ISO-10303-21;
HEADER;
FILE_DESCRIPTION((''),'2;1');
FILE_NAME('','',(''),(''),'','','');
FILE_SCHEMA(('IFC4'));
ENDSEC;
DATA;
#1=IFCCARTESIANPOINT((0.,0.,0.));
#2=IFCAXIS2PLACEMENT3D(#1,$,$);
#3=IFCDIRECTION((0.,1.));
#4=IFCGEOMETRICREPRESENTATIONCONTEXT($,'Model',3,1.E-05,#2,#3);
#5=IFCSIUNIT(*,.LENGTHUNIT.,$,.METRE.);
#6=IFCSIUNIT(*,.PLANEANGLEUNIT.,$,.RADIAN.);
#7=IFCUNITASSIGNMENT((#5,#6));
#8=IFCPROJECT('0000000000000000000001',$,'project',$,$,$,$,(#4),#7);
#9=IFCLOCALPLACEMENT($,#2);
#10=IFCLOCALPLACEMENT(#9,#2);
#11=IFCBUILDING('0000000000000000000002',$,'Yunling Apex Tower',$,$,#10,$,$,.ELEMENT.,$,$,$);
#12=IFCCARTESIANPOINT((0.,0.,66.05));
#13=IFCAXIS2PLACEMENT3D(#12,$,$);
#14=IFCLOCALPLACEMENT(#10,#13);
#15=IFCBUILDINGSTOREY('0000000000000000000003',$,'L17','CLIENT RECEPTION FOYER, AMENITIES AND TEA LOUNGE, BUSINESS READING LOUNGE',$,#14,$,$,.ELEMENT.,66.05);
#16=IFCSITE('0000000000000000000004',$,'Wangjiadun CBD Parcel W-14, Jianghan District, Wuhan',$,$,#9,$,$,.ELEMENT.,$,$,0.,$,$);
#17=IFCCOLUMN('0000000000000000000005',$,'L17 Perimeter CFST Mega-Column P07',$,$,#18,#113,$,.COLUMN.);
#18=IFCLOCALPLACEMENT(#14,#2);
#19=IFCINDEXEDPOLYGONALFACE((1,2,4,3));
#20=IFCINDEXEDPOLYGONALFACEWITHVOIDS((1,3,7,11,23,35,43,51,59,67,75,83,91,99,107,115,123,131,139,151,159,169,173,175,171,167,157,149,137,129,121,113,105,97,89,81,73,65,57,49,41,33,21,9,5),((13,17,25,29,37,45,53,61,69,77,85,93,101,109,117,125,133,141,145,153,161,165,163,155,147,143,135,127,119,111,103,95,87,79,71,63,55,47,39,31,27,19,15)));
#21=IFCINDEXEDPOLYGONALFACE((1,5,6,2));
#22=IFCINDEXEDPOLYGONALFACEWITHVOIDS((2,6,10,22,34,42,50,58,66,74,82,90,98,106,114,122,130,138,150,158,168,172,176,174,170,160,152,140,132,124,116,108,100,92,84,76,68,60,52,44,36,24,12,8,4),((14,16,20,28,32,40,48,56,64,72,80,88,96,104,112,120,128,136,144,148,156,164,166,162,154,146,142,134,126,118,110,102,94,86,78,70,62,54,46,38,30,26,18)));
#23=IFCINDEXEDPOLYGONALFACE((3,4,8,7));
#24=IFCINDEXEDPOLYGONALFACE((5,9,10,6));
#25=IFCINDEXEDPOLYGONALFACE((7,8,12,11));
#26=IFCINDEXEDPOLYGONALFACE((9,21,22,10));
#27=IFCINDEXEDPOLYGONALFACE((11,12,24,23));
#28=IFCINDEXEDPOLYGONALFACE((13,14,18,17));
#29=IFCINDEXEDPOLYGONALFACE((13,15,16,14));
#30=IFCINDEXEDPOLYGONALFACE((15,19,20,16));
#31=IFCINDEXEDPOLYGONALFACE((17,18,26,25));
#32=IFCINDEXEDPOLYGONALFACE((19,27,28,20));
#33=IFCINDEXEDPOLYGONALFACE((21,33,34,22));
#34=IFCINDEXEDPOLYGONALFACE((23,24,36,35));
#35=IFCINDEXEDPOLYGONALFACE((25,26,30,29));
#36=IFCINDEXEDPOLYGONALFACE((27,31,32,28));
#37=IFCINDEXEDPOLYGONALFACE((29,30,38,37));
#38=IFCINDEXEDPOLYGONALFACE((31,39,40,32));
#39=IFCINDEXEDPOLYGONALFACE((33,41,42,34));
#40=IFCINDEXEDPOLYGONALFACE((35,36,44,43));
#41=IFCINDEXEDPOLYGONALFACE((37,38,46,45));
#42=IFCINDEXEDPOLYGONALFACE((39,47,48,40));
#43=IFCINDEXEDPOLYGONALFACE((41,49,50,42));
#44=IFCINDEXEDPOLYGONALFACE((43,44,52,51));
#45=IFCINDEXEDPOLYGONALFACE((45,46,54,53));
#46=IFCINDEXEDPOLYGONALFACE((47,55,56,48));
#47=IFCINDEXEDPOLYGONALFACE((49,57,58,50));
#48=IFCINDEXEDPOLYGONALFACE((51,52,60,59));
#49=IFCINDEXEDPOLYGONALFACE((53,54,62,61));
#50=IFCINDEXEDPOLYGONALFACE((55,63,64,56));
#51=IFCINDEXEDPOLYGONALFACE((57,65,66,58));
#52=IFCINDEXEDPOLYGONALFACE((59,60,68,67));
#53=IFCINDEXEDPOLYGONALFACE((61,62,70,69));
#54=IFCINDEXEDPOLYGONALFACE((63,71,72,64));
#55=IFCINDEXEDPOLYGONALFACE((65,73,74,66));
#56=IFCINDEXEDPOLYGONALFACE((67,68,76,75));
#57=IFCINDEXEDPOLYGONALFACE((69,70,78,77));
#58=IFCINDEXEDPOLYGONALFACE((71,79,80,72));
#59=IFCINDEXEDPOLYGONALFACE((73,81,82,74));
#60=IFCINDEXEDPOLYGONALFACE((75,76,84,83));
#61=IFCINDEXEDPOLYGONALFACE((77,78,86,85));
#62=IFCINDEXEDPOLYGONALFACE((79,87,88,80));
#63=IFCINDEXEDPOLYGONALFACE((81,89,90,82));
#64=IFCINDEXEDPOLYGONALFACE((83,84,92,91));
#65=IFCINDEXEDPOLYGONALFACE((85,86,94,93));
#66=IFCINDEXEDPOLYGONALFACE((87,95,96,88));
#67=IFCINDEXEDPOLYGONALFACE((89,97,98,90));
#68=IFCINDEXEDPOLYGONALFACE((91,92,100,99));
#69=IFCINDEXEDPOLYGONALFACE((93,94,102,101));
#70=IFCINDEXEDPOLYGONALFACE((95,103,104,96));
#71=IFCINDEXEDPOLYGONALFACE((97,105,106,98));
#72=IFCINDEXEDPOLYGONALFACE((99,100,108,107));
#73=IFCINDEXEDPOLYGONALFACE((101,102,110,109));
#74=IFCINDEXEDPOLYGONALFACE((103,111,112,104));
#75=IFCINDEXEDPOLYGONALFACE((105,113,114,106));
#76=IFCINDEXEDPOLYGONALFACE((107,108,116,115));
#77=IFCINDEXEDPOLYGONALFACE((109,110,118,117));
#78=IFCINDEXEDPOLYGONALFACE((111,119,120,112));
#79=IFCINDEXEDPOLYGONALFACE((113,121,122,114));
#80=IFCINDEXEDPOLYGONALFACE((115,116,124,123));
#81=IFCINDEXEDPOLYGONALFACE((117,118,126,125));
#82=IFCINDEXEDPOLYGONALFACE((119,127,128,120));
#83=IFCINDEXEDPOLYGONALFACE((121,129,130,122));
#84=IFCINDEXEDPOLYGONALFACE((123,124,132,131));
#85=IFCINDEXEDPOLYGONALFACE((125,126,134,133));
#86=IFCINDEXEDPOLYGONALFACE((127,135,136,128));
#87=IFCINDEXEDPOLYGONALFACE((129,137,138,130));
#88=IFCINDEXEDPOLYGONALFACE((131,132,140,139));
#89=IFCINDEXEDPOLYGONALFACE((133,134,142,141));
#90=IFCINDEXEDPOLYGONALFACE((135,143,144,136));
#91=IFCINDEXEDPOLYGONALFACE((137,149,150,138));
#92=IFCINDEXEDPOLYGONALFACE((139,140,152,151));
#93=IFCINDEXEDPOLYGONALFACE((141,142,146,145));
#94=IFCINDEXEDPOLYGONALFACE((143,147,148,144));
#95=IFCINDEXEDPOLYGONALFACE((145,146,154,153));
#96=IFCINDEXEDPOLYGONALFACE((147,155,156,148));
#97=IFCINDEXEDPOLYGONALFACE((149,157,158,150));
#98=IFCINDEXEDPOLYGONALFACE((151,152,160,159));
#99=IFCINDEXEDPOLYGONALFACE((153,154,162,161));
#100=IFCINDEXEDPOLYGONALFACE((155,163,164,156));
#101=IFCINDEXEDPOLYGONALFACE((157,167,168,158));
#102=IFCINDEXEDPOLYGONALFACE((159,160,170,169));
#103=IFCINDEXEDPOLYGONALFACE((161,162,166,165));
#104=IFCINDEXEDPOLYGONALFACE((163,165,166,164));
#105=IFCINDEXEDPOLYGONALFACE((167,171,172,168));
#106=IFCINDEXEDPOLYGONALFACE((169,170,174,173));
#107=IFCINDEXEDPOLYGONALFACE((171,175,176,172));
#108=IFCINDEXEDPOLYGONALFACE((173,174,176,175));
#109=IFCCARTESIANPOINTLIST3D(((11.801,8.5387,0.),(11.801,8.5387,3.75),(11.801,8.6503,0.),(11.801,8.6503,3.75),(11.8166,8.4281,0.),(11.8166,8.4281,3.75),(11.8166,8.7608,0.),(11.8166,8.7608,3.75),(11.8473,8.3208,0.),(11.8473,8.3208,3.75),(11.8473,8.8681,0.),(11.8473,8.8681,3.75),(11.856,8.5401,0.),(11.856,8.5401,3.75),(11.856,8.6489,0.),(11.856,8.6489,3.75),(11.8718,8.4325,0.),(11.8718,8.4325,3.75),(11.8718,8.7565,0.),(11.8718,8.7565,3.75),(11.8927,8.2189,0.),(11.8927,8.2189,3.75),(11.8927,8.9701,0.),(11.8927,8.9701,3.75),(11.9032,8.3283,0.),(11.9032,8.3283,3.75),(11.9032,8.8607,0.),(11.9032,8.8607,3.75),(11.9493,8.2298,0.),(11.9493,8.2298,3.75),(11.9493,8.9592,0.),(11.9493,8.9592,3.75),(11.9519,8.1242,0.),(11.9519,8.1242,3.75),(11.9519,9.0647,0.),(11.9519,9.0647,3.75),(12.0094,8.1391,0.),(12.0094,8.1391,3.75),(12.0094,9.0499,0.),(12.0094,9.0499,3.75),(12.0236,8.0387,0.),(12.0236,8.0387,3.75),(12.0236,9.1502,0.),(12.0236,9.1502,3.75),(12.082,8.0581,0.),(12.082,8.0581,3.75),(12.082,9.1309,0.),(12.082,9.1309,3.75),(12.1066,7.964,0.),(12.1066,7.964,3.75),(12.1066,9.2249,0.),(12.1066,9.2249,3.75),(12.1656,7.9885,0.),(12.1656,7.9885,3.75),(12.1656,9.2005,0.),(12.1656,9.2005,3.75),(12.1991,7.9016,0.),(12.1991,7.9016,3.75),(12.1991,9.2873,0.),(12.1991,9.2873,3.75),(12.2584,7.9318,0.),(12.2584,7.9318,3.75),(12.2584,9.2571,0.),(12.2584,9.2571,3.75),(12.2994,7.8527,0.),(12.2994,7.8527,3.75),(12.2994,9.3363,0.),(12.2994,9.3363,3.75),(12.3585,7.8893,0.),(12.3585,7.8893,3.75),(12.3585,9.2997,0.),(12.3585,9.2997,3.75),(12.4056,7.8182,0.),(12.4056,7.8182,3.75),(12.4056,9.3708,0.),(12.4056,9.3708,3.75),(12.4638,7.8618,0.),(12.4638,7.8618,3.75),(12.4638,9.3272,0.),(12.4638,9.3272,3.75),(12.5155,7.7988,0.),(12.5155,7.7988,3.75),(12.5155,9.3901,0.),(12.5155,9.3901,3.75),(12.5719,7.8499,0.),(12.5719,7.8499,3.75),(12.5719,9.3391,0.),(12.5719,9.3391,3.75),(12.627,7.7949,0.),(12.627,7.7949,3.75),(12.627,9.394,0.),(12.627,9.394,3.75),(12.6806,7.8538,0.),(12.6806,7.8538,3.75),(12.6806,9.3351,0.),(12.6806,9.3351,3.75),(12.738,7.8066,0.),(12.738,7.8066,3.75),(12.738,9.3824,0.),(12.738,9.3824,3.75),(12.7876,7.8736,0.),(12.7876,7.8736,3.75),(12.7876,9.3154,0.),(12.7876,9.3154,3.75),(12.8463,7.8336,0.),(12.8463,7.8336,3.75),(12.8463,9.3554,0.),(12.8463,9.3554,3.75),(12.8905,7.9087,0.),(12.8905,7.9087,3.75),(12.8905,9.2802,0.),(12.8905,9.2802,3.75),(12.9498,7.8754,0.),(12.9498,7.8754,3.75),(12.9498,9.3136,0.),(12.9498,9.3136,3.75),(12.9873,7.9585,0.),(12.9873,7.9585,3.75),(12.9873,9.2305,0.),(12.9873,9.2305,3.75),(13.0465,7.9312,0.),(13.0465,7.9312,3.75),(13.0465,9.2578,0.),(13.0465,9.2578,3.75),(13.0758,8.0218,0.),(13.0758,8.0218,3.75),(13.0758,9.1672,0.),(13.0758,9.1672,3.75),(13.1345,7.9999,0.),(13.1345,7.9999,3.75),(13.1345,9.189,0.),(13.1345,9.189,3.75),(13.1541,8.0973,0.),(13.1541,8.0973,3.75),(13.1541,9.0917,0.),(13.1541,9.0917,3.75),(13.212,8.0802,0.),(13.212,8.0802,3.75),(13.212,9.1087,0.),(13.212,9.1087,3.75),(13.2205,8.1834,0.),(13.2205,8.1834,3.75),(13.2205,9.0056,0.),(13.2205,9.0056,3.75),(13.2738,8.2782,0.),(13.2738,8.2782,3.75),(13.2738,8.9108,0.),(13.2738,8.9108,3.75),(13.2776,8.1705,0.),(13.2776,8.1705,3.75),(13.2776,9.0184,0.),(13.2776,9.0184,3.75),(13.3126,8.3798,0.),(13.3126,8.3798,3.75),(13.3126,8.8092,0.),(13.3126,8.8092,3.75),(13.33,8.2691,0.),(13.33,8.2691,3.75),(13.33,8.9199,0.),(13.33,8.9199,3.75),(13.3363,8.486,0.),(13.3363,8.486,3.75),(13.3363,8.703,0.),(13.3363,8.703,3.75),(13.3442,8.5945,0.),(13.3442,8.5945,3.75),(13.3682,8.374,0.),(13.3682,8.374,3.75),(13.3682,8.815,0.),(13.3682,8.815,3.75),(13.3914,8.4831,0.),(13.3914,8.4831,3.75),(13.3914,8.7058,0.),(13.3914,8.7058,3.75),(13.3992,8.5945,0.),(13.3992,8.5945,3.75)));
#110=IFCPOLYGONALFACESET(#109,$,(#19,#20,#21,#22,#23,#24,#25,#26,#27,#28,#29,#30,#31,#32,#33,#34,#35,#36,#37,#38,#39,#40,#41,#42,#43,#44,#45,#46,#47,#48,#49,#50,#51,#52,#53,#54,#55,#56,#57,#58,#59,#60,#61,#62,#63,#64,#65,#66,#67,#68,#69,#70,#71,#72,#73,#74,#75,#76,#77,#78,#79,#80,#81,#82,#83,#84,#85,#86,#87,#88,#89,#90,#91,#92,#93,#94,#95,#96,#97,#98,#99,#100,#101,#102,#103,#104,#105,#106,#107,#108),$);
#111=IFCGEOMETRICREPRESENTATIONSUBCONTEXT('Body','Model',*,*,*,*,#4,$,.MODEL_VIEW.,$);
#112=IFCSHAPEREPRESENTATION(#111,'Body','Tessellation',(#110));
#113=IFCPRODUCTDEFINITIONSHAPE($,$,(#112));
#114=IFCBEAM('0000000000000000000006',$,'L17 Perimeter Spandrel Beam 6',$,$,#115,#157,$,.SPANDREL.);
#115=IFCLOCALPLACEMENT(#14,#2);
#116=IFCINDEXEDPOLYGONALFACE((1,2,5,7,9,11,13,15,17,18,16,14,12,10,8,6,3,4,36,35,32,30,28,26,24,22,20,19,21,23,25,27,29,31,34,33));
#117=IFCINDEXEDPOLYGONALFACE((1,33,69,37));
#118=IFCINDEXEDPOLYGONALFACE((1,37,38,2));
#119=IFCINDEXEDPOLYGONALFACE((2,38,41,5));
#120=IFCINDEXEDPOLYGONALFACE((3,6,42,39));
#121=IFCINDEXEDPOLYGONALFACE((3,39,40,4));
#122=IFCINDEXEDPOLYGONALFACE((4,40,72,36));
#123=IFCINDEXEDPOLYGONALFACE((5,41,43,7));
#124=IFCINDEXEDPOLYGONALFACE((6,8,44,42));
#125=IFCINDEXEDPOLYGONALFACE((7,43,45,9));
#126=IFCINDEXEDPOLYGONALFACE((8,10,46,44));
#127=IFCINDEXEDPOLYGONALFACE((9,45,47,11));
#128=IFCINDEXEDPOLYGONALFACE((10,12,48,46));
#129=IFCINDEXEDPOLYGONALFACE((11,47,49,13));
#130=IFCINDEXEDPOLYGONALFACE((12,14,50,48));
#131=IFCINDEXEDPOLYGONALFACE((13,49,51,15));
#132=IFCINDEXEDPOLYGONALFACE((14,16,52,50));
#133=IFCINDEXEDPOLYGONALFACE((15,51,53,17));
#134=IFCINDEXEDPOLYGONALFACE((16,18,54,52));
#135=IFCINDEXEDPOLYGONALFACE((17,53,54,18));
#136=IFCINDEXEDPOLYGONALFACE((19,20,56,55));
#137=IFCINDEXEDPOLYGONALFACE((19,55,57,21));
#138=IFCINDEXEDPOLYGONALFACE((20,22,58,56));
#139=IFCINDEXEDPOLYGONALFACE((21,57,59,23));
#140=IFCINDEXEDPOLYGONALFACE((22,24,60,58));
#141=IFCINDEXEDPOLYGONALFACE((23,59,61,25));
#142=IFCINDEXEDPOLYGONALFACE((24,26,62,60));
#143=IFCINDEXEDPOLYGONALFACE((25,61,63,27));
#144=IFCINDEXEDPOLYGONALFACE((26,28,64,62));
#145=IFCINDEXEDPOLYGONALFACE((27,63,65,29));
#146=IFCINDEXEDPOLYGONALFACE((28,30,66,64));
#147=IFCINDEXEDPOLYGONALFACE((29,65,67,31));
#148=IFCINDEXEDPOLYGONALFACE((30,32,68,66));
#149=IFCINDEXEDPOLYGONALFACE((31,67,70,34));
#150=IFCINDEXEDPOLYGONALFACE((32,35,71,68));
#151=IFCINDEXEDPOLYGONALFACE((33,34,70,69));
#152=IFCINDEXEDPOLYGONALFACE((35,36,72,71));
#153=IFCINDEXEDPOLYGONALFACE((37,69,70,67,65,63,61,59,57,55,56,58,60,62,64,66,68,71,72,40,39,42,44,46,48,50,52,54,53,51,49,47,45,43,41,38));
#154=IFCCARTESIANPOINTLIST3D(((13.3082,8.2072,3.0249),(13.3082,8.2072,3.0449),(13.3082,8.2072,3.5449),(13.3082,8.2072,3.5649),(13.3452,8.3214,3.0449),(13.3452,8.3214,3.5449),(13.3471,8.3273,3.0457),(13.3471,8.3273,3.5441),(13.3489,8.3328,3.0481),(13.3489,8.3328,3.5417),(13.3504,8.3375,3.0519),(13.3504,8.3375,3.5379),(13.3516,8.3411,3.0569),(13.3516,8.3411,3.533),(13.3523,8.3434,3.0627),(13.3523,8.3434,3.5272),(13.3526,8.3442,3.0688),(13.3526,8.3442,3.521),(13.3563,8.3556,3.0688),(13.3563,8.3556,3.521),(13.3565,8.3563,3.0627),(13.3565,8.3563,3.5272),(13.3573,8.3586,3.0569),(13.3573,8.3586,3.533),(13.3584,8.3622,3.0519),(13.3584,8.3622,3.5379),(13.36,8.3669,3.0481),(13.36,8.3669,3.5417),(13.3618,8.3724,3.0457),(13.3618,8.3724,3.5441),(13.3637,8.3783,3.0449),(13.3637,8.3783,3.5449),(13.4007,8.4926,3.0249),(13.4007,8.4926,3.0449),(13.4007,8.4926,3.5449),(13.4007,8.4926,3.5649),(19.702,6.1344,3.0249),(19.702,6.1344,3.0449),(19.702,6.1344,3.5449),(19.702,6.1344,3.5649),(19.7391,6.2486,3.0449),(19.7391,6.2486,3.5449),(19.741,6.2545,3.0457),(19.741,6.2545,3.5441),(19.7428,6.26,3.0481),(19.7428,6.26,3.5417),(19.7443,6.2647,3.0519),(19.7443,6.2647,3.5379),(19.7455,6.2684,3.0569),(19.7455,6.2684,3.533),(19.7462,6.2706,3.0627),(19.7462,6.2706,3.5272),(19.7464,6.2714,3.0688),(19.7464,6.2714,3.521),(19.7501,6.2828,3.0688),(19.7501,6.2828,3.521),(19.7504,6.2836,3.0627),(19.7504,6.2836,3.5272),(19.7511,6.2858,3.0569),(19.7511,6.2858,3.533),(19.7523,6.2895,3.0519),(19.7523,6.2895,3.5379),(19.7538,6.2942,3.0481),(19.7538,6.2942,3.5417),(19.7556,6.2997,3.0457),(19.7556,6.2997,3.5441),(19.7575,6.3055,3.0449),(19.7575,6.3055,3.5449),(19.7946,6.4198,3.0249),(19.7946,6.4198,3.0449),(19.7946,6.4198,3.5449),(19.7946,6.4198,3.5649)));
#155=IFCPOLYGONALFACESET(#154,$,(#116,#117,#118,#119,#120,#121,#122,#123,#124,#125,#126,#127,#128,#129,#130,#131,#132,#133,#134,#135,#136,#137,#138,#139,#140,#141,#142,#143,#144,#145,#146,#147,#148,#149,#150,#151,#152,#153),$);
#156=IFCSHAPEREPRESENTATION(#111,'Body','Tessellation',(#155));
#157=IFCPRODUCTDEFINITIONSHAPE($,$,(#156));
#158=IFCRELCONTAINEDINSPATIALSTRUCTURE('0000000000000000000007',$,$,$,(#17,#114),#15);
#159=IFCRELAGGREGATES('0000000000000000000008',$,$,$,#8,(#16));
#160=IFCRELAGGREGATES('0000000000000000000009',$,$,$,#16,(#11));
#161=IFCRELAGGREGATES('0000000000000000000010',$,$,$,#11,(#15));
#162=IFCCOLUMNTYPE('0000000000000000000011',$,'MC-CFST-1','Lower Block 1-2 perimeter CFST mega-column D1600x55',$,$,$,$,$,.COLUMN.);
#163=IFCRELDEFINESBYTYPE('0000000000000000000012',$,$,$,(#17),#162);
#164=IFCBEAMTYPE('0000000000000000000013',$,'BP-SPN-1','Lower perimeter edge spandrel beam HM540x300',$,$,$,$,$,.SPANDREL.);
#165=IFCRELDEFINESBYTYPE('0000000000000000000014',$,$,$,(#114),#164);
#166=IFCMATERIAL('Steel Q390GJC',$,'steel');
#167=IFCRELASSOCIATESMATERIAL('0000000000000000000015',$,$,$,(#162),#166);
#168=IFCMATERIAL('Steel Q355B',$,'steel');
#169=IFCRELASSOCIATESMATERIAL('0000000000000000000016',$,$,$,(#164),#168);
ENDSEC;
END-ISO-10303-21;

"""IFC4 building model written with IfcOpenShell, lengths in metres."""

from ifc_helpers import new_model, si_unit, direction, frame, origin, origin_2d, place, context, subcontext, project, spatial, hollow_circle, i_section, extrude, source, transform, mapped, material, material_profile, profile_set, type_object, element, save


model = new_model("IFC4")

# Units and contexts
model_context = context("Model", 3, precision=1e-05, world=origin(), true_north=direction((0.0, 1.0)))
body_context = subcontext(model_context, "Body", "Model", "MODEL_VIEW")
ifc_project = project(units=[si_unit("LENGTHUNIT", "METRE"), si_unit("PLANEANGLEUNIT", "RADIAN")], contexts=[model_context])

# Site, building, storey
site_placement = place(None, origin())
site = spatial("IfcSite", under=ifc_project, at=site_placement, Name="Wangjiadun CBD Parcel W-14, Jianghan District, Wuhan", CompositionType="ELEMENT", RefElevation=0.0)
building_placement = place(site_placement, origin())
building = spatial("IfcBuilding", under=site, at=building_placement, Name="Yunling Apex Tower", CompositionType="ELEMENT")
storey_placement = place(building_placement, frame((0.0, 0.0, 66.05)))
storey = spatial("IfcBuildingStorey", under=building, at=storey_placement, Name="L17", Description="CLIENT RECEPTION FOYER, AMENITIES AND TEA LOUNGE, BUSINESS READING LOUNGE", CompositionType="ELEMENT", Elevation=66.05)

# Column
ifc_material_1 = material(Name="Steel Q390GJC", Category="steel")
ifc_material_profile_1 = material_profile(ifc_material_1, hollow_circle(Radius=0.8, WallThickness=0.0549, at=origin_2d()))
ifc_profile_set_1 = profile_set([ifc_material_profile_1], Name="Steel Q390GJC")
column_type = type_object("IfcColumnType", Name="MC-CFST-1", Description="Lower Block 1-2 perimeter CFST mega-column D1600x55", PredefinedType="COLUMN", material=ifc_profile_set_1)
shared_shape_1 = source(origin(), body_context, "Body", "SweptSolid", [
    extrude(hollow_circle(Radius=0.8, WallThickness=0.0549, at=origin_2d()), origin(), (0.0, 0.0, 1.0), 3.75),
])
for number, where, z_axis, x_axis, name in (
    (1, (12.5991, 8.5945, 0.0), (0.0, 0.0, 1.0), (1.0, 0.0, 0.0), "L17 Perimeter CFST Mega-Column P07"),
):
    element("IfcColumn", number, at=place(storey_placement, frame(where, z_axis=z_axis, x_axis=x_axis)), inside=storey, type_object=column_type, Name=name, PredefinedType="COLUMN", context=body_context, shape_type="MappedRepresentation", body=[
        mapped(shared_shape_1, transform((0.0, 0.0, 0.0), scale=1.0)),
    ])

# Beam
ifc_material_2 = material(Name="Steel Q355B", Category="steel")
ifc_material_profile_2 = material_profile(ifc_material_2, i_section(OverallWidth=0.3, OverallDepth=0.54, WebThickness=0.012, FlangeThickness=0.02, FilletRadius=0.0239, at=origin_2d()))
ifc_profile_set_2 = profile_set([ifc_material_profile_2], Name="Steel Q355B")
beam_type_1 = type_object("IfcBeamType", Name="BP-SPN-1", Description="Lower perimeter edge spandrel beam HM540x300", PredefinedType="SPANDREL", material=ifc_profile_set_2)
shared_shape_2 = source(origin(), body_context, "Body", "SweptSolid", [
    extrude(i_section(OverallWidth=0.3, OverallDepth=0.54, WebThickness=0.012, FlangeThickness=0.02, FilletRadius=0.0239, at=origin_2d()), origin(), (0.0, 0.0, 1.0), 6.7214),
])
beam_1_placement = place(storey_placement, frame((19.7483, 6.2771, 3.2949), z_axis=(-0.951263, 0.308382, 0.0), x_axis=(-0.308382, -0.951263, 0.0)))
element("IfcBeam", 2, at=beam_1_placement, inside=storey, type_object=beam_type_1, Name="L17 Perimeter Spandrel Beam 6", PredefinedType="SPANDREL", context=body_context, shape_type="MappedRepresentation", body=[
    mapped(shared_shape_2, transform((0.0, 0.0, 0.0), scale=1.0)),
])

save(model, "model.ifc")
